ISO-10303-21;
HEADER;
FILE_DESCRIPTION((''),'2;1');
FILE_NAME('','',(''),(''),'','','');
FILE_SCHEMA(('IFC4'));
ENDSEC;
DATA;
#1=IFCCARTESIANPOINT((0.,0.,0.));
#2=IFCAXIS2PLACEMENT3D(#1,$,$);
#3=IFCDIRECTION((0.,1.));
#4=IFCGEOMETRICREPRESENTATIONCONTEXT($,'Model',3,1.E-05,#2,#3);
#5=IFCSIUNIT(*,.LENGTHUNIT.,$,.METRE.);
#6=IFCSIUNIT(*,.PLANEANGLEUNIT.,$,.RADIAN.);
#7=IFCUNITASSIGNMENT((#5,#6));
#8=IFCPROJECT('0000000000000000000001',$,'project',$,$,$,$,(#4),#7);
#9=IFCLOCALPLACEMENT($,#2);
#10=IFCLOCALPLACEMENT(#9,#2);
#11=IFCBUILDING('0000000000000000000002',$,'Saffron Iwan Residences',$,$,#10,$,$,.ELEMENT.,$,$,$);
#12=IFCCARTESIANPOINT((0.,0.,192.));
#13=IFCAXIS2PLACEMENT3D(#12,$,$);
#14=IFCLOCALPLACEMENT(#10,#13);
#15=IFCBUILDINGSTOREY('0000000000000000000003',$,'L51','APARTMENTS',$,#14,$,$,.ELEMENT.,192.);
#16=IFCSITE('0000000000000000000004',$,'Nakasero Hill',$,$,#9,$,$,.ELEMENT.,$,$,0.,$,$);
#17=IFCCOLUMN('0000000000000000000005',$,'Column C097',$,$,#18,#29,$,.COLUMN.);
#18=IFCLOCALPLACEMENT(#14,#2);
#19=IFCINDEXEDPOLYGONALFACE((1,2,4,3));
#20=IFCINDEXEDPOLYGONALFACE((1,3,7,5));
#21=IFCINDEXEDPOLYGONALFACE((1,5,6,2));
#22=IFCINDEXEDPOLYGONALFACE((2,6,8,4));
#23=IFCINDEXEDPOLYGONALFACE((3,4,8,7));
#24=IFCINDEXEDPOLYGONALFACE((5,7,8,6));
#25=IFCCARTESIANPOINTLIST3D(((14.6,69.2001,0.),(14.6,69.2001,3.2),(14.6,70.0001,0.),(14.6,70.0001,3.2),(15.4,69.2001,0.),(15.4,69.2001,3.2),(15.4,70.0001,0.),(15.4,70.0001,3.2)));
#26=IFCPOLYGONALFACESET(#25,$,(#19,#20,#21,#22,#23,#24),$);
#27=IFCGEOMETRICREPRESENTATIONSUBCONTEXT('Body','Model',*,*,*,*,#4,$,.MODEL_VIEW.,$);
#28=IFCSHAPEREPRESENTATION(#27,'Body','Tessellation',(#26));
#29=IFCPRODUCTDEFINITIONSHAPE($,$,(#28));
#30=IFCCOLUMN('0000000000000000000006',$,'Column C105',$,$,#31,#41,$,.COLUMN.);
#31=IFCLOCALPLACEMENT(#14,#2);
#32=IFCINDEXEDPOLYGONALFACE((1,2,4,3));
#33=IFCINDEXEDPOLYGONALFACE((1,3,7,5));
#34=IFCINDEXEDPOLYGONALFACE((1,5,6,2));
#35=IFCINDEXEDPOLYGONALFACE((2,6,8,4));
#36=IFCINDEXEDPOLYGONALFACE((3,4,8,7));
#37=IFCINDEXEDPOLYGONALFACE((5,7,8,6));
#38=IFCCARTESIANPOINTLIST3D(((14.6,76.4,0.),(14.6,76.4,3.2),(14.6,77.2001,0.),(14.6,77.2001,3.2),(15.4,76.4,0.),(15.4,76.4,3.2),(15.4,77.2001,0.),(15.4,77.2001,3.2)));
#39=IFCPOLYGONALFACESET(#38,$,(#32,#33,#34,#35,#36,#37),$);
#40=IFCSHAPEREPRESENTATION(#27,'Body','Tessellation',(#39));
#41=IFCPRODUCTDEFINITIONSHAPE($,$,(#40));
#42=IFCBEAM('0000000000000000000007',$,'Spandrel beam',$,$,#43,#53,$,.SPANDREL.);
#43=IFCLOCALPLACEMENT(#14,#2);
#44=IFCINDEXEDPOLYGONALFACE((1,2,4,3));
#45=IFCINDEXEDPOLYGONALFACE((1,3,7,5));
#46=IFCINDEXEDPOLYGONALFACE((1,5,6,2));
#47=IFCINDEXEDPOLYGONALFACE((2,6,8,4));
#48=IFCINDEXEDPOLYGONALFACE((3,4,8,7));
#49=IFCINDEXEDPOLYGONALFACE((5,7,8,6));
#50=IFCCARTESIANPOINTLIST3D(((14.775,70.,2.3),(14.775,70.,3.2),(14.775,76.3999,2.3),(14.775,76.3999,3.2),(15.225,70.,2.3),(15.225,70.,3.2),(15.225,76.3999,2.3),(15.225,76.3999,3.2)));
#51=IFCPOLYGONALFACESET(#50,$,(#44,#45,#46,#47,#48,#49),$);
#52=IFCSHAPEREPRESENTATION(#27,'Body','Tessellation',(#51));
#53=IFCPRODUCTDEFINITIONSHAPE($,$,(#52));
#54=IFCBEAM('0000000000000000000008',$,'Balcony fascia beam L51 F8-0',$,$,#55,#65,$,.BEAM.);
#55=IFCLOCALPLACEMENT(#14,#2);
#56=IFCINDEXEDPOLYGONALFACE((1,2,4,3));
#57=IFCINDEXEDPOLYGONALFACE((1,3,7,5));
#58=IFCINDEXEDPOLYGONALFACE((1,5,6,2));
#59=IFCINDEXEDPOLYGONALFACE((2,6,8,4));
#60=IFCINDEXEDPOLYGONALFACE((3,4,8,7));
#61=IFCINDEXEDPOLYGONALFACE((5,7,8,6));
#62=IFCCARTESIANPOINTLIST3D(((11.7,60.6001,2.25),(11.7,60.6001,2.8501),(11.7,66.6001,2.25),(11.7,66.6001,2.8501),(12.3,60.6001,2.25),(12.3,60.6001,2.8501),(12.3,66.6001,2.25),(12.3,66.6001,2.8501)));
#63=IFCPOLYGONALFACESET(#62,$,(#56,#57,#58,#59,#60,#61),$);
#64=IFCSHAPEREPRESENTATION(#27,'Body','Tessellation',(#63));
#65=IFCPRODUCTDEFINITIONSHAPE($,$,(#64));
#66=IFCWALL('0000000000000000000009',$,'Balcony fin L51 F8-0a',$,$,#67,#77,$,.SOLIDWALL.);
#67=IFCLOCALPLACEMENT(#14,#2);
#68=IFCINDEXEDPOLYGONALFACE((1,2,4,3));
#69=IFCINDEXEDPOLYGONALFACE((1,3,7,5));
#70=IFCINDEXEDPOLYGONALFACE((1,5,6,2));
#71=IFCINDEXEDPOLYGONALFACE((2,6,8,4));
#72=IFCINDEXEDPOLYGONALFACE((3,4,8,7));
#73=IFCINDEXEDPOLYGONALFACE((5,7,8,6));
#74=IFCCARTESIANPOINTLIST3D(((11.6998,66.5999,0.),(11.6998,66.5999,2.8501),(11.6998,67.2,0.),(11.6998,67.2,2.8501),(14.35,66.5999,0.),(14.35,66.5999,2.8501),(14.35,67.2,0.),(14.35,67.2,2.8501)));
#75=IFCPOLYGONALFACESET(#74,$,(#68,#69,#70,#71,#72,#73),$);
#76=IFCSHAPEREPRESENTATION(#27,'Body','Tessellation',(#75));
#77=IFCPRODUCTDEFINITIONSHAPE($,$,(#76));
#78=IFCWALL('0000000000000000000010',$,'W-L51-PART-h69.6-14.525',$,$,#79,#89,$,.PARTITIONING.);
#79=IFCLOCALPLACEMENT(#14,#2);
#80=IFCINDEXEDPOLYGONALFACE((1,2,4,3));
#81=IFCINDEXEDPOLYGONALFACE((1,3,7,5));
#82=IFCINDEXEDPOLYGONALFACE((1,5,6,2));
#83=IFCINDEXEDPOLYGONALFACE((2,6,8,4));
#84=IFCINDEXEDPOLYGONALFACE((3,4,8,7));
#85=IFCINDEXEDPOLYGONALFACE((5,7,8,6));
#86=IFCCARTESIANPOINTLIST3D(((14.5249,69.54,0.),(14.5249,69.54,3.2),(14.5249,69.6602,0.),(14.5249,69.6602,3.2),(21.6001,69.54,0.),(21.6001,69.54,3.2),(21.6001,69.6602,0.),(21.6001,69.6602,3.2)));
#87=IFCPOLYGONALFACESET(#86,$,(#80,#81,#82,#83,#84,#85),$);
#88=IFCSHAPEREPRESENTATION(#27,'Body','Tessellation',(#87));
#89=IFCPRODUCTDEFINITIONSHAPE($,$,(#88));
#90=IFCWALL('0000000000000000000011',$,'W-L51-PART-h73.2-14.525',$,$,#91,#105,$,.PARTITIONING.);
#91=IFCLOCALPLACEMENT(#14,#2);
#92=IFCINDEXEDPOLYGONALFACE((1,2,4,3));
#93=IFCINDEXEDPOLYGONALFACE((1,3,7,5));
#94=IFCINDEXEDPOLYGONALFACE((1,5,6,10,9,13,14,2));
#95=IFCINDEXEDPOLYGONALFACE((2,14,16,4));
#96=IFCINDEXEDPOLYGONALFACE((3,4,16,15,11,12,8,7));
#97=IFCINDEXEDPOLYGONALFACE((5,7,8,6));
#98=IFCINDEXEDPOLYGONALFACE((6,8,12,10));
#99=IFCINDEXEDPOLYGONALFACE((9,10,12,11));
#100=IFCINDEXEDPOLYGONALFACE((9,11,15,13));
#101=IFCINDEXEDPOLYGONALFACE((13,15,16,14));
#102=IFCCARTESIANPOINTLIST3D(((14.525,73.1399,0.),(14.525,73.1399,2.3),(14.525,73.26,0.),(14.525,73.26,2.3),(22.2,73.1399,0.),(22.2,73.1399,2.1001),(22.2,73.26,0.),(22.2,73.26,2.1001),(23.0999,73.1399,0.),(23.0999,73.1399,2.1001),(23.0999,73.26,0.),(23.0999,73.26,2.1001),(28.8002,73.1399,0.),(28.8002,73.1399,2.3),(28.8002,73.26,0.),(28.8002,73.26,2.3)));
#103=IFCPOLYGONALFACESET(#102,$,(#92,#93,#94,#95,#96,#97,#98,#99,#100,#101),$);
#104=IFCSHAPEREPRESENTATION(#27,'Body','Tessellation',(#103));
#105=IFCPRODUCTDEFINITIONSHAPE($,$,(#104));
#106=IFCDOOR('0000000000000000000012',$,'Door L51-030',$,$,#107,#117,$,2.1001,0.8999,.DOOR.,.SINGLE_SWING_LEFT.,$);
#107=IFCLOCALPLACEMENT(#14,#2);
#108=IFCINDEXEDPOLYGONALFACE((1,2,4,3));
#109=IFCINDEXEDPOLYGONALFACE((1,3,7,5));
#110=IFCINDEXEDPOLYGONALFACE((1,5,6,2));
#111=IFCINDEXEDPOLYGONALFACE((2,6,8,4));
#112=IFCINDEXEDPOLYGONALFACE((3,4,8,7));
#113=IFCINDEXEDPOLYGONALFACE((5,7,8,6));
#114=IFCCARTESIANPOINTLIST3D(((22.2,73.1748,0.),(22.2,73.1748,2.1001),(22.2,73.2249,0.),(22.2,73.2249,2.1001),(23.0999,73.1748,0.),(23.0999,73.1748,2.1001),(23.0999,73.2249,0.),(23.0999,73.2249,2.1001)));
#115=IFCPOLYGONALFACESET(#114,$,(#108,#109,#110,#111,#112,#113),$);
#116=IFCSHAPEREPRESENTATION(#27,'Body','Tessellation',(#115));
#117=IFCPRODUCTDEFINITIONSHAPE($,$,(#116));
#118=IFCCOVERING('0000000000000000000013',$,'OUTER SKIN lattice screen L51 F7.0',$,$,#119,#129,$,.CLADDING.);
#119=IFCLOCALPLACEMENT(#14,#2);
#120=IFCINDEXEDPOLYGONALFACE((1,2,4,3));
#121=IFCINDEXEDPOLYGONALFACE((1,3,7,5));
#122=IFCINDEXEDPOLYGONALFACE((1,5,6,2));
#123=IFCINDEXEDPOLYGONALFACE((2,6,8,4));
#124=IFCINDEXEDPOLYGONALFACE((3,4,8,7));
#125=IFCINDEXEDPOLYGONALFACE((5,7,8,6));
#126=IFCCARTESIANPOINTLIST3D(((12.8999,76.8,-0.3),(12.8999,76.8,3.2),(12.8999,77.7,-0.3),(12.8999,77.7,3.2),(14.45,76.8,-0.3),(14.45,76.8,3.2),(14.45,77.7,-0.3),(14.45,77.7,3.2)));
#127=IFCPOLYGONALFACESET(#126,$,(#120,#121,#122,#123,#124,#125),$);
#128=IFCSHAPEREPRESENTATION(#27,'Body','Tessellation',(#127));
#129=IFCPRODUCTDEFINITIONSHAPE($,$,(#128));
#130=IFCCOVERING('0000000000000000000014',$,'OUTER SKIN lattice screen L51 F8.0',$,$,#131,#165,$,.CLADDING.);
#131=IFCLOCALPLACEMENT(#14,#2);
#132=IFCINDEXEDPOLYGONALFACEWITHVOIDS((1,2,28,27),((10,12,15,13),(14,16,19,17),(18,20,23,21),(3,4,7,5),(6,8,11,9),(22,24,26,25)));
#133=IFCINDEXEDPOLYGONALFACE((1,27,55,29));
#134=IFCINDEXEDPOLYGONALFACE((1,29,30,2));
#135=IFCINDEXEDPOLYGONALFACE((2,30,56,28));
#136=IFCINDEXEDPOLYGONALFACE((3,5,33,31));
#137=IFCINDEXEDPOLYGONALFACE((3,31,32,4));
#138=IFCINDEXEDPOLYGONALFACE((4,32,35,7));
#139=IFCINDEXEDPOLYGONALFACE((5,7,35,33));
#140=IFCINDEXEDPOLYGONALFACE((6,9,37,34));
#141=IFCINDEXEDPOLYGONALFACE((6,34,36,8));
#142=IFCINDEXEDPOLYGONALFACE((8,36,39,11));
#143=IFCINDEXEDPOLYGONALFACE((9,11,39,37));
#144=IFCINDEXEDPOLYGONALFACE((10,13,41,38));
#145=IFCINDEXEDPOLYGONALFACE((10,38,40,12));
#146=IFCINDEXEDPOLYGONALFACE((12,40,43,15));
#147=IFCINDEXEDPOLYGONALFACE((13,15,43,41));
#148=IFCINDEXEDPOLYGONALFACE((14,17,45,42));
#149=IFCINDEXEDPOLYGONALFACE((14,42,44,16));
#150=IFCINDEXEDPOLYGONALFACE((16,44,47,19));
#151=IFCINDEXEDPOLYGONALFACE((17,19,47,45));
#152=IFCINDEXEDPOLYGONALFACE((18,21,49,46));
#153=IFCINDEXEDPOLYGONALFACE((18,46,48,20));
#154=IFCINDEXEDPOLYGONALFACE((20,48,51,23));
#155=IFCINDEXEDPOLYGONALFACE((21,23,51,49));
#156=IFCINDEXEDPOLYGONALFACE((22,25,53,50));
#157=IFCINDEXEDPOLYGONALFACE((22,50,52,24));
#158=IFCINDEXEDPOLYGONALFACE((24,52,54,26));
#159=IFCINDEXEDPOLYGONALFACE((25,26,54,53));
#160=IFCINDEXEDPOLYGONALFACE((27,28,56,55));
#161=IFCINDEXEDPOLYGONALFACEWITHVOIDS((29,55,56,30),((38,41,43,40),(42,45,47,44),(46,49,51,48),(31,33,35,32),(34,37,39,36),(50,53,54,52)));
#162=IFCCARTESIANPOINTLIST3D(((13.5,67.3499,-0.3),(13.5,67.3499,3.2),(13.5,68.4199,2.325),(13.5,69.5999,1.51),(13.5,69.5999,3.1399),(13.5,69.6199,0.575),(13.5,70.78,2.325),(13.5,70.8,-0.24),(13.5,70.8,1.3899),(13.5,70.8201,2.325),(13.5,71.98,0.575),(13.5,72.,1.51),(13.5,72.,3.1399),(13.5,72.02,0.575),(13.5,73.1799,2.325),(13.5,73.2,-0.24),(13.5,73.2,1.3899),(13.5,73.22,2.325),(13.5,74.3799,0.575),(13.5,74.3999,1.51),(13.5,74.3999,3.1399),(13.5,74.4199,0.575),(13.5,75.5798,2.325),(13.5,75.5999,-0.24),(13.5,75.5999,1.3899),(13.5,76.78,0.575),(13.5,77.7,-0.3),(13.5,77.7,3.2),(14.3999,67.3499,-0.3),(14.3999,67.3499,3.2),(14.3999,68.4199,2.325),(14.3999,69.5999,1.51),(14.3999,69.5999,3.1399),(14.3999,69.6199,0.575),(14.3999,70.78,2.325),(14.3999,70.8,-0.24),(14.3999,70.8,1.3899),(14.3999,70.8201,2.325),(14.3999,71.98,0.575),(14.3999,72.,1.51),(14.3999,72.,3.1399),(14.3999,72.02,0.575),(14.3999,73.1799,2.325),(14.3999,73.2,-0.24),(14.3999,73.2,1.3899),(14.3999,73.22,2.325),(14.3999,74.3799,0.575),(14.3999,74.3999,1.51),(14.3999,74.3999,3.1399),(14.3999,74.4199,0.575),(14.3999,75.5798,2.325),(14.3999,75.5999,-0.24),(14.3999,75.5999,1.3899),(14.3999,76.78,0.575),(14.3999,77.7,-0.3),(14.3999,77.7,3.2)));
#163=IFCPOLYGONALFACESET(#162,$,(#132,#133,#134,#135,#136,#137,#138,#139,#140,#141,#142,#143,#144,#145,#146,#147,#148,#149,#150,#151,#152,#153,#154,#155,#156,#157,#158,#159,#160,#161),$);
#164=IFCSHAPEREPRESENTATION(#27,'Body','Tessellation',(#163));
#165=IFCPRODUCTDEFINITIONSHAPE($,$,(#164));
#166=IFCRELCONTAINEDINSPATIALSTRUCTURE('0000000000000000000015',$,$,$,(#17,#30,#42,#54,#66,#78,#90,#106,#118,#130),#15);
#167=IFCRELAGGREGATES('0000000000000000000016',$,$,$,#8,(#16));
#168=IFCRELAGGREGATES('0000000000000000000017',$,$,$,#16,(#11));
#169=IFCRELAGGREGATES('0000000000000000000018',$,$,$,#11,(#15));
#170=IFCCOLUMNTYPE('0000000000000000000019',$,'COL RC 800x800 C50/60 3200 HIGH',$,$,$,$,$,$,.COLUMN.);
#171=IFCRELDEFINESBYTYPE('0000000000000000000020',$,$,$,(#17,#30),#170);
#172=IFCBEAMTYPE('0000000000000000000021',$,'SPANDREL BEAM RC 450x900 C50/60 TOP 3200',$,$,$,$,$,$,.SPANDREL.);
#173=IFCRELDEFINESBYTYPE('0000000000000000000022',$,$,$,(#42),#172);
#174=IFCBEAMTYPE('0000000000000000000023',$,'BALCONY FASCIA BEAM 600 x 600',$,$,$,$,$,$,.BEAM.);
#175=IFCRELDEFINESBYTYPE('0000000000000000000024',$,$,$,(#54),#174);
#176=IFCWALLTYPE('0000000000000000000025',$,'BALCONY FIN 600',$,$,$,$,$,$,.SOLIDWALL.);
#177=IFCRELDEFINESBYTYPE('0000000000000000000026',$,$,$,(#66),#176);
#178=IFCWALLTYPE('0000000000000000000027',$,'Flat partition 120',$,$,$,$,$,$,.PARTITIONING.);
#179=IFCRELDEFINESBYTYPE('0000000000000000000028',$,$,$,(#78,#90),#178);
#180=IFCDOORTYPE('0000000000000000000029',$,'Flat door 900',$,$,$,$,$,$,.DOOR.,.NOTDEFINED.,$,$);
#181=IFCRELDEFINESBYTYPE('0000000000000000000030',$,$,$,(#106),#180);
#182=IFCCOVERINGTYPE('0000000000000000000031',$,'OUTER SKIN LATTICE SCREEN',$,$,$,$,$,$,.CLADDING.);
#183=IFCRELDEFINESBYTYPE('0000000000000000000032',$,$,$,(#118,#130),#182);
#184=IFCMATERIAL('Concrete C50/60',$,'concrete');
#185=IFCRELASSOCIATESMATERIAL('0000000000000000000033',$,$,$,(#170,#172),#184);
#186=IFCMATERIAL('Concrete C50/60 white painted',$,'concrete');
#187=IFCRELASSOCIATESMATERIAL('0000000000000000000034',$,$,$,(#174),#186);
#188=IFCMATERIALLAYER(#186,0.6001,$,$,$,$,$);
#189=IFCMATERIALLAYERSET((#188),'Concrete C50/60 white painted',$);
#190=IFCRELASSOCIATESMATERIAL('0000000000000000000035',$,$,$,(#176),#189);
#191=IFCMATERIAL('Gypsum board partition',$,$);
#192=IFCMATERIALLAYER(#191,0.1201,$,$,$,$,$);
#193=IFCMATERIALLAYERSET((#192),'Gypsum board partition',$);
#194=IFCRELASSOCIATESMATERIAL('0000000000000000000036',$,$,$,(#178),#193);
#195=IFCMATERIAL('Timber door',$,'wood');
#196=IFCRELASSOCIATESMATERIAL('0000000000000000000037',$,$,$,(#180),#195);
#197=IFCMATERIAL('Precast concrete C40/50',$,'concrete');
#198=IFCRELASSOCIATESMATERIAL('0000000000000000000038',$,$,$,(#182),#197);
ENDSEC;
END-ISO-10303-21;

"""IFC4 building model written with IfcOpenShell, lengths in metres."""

from ifc_helpers import new_model, si_unit, direction, frame, frame_2d, origin, origin_2d, place, context, subcontext, project, spatial, polyline, rectangle, outline, extrude, source, transform, mapped, material, layer, layer_set, material_profile, profile_set, type_object, element, fill, save


model = new_model("IFC4")

# Units and contexts
model_context = context("Model", 3, precision=1e-05, world=origin(), true_north=direction((0.0, 1.0)))
body_context = subcontext(model_context, "Body", "Model", "MODEL_VIEW")
ifc_project = project(units=[si_unit("LENGTHUNIT", "METRE"), si_unit("PLANEANGLEUNIT", "RADIAN")], contexts=[model_context])

# Site, building, storey
site_placement = place(None, origin())
site = spatial("IfcSite", under=ifc_project, at=site_placement, Name="Nakasero Hill", CompositionType="ELEMENT", RefElevation=0.0)
building_placement = place(site_placement, origin())
building = spatial("IfcBuilding", under=site, at=building_placement, Name="Saffron Iwan Residences", CompositionType="ELEMENT")
storey_placement = place(building_placement, frame((0.0, 0.0, 192.0)))
storey = spatial("IfcBuildingStorey", under=building, at=storey_placement, Name="L51", Description="APARTMENTS", CompositionType="ELEMENT", Elevation=192.0)

# Columns
ifc_material_1 = material(Name="Concrete C50/60", Category="concrete")
ifc_material_profile_1 = material_profile(ifc_material_1, rectangle(XDim=0.8, YDim=0.8, at=origin_2d()), Name="RC 800x800")
ifc_profile_set_1 = profile_set([ifc_material_profile_1], Name="Concrete C50/60")
column_type = type_object("IfcColumnType", Name="COL RC 800x800 C50/60 3200 HIGH", PredefinedType="COLUMN", material=ifc_profile_set_1)
shared_shape_1 = source(origin(), body_context, "Body", "SweptSolid", [
    extrude(rectangle(XDim=0.8, YDim=0.8, at=origin_2d()), origin(), (0.0, 0.0, 1.0), 3.2),
])
for number, where, z_axis, x_axis, name in (
    (1, (15.0, 69.6001, 0.0), (0.0, 0.0, 1.0), (1.0, 0.0, 0.0), "Column C097"),
    (2, (15.0, 76.8, 0.0), (0.0, 0.0, 1.0), (1.0, 0.0, 0.0), "Column C105"),
):
    element("IfcColumn", number, at=place(storey_placement, frame(where, z_axis=z_axis, x_axis=x_axis)), inside=storey, type_object=column_type, Name=name, PredefinedType="COLUMN", context=body_context, shape_type="MappedRepresentation", body=[
        mapped(shared_shape_1, transform((0.0, 0.0, 0.0))),
    ])

# Beams
ifc_material_profile_2 = material_profile(ifc_material_1, rectangle(XDim=0.45, YDim=0.8999, at=origin_2d()), Name="RC 450x900")
ifc_profile_set_2 = profile_set([ifc_material_profile_2], Name="Concrete C50/60")
beam_type_1 = type_object("IfcBeamType", Name="SPANDREL BEAM RC 450x900 C50/60 TOP 3200", PredefinedType="SPANDREL", material=ifc_profile_set_2)
shared_shape_2 = source(origin(), body_context, "Body", "SweptSolid", [
    extrude(rectangle(XDim=0.45, YDim=0.8999, at=origin_2d()), origin(), (0.0, 0.0, 1.0), 6.3999),
])
beam_1_placement = place(storey_placement, frame((15.0, 70.0, 2.75), z_axis=(0.0, 1.0, 0.0), x_axis=(-1.0, 0.0, 0.0)))
element("IfcBeam", 3, at=beam_1_placement, inside=storey, type_object=beam_type_1, Name="Spandrel beam", PredefinedType="SPANDREL", context=body_context, shape_type="MappedRepresentation", body=[
    mapped(shared_shape_2, transform((0.0, 0.0, 0.0))),
])
ifc_material_2 = material(Name="Concrete C50/60 white painted", Category="concrete")
ifc_material_profile_3 = material_profile(ifc_material_2, rectangle(XDim=0.6001, YDim=0.6001, at=origin_2d()), Name="BALCONY FASCIA BEAM 600 x 600")
ifc_profile_set_3 = profile_set([ifc_material_profile_3], Name="Concrete C50/60 white painted")
beam_type_2 = type_object("IfcBeamType", Name="BALCONY FASCIA BEAM 600 x 600", PredefinedType="BEAM", material=ifc_profile_set_3)
shared_shape_3 = source(origin(), body_context, "Body", "SweptSolid", [
    extrude(rectangle(XDim=0.6001, YDim=0.6001, at=origin_2d()), origin(), (0.0, 0.0, 1.0), 6.0),
])
beam_2_placement = place(storey_placement, frame((12.0, 66.6001, 2.55), z_axis=(0.0, -1.0, 0.0), x_axis=(1.0, 0.0, 0.0)))
element("IfcBeam", 4, at=beam_2_placement, inside=storey, type_object=beam_type_2, Name="Balcony fascia beam L51 F8-0", PredefinedType="BEAM", context=body_context, shape_type="MappedRepresentation", body=[
    mapped(shared_shape_3, transform((0.0, 0.0, 0.0))),
])

# Wall
ifc_layer_1 = layer(ifc_material_2, 0.6001)
ifc_layer_set_1 = layer_set([ifc_layer_1], Name="Concrete C50/60 white painted")
wall_type_1 = type_object("IfcWallType", Name="BALCONY FIN 600", PredefinedType="SOLIDWALL", material=ifc_layer_set_1)
wall_1_placement = place(storey_placement, frame((14.3501, 66.8999, 0.0), z_axis=(0.0, 0.0, 1.0), x_axis=(-1.0, 0.0, 0.0)))
element("IfcWall", 5, at=wall_1_placement, inside=storey, type_object=wall_type_1, Name="Balcony fin L51 F8-0a", PredefinedType="SOLIDWALL", context=body_context, shape_type="SweptSolid", body=[
    extrude(rectangle(XDim=2.6501, YDim=0.6001, at=frame_2d((1.3252, 0.0))), origin(), (0.0, 0.0, 1.0), 2.8501),
])

# Wall
ifc_material_3 = material(Name="Gypsum board partition")
ifc_layer_2 = layer(ifc_material_3, 0.1201)
ifc_layer_set_2 = layer_set([ifc_layer_2], Name="Gypsum board partition")
wall_type_2 = type_object("IfcWallType", Name="Flat partition 120", PredefinedType="PARTITIONING", material=ifc_layer_set_2)
wall_2_placement = place(storey_placement, frame((14.5249, 69.6001, 0.0), z_axis=(0.0, 0.0, 1.0), x_axis=(1.0, 0.0, 0.0)))
element("IfcWall", 6, at=wall_2_placement, inside=storey, type_object=wall_type_2, Name="W-L51-PART-h69.6-14.525", PredefinedType="PARTITIONING", context=body_context, shape_type="SweptSolid", body=[
    extrude(rectangle(XDim=7.0752, YDim=0.1201, at=frame_2d((3.5376, 0.0))), origin(), (0.0, 0.0, 1.0), 3.2),
])

# Wall, opening, door
wall_3_placement = place(storey_placement, frame((14.5249, 73.2, 0.0), z_axis=(0.0, 0.0, 1.0), x_axis=(1.0, 0.0, 0.0)))
wall_3 = element("IfcWall", 7, at=wall_3_placement, inside=storey, type_object=wall_type_2, Name="W-L51-PART-h73.2-14.525", PredefinedType="PARTITIONING", context=body_context, shape_type="SweptSolid", body=[
    extrude(rectangle(XDim=14.2751, YDim=0.1201, at=frame_2d((7.1377, 0.0))), origin(), (0.0, 0.0, 1.0), 2.3),
])
opening_1_placement = place(wall_3_placement, frame((7.675, 0.0, 0.0)))
opening_1 = element("IfcOpeningElement", 8, at=opening_1_placement, cuts=wall_3, PredefinedType="OPENING", context=body_context, shape_type="SweptSolid", body=[
    extrude(rectangle(XDim=0.8999, YDim=2.1001, at=frame_2d((0.45, 1.05))), frame((0.0, 0.0701, 0.0), z_axis=(0.0, -1.0, 0.0), x_axis=(1.0, 0.0, 0.0)), (0.0, 0.0, 1.0), 0.1401),
])
ifc_material_4 = material(Name="Timber door", Category="wood")
door_type_1 = type_object("IfcDoorType", Name="Flat door 900", OperationType="NOTDEFINED", PredefinedType="DOOR", material=ifc_material_4)
door_1_placement = place(opening_1_placement, origin())
door_1 = element("IfcDoor", 9, at=door_1_placement, inside=storey, type_object=door_type_1, Name="Door L51-030", OperationType="SINGLE_SWING_LEFT", OverallHeight=2.1001, OverallWidth=0.8999, PredefinedType="DOOR", context=body_context, shape_type="SweptSolid", body=[
    extrude(rectangle(XDim=0.8999, YDim=2.1001, at=frame_2d((0.45, 1.05))), frame((0.0, 0.0249, 0.0), z_axis=(0.0, -1.0, 0.0), x_axis=(1.0, 0.0, 0.0)), (0.0, 0.0, 1.0), 0.05),
])
fill(opening_1, door_1)

# Coverings
ifc_material_5 = material(Name="Precast concrete C40/50", Category="concrete")
covering_type_1 = type_object("IfcCoveringType", Name="OUTER SKIN LATTICE SCREEN", PredefinedType="CLADDING", material=ifc_material_5)
covering_1_placement = place(storey_placement, frame((14.45, 76.8, -0.3), z_axis=(0.0, 1.0, 0.0), x_axis=(-1.0, 0.0, 0.0)))
element("IfcCovering", 10, at=covering_1_placement, inside=storey, type_object=covering_type_1, Name="OUTER SKIN lattice screen L51 F7.0", PredefinedType="CLADDING", context=body_context, shape_type="SweptSolid", body=[
    extrude(outline(polyline([(0.0, 0.0), (1.55, 0.0), (1.55, 3.5), (0.0, 3.5), (0.0, 0.0)])), origin(), (0.0, 0.0, 1.0), 0.8999),
])
covering_2_placement = place(storey_placement, frame((14.3999, 77.7, -0.3), z_axis=(-1.0, 0.0, 0.0), x_axis=(0.0, -1.0, 0.0)))
element("IfcCovering", 11, at=covering_2_placement, inside=storey, type_object=covering_type_1, Name="OUTER SKIN lattice screen L51 F8.0", PredefinedType="CLADDING", context=body_context, shape_type="SweptSolid", body=[
    extrude(outline(polyline([(0.0, 0.0), (10.3501, 0.0), (10.3501, 3.5), (0.0, 3.5), (0.0, 0.0)]), holes=[polyline([(0.9199, 0.875), (2.1001, 0.0601), (3.28, 0.875), (2.1001, 1.6899), (0.9199, 0.875)]), polyline([(3.3201, 0.875), (4.5, 0.0601), (5.6799, 0.875), (4.5, 1.6899), (3.3201, 0.875)]), polyline([(5.72, 0.875), (6.8999, 0.0601), (8.0801, 0.875), (6.8999, 1.6899), (5.72, 0.875)]), polyline([(2.1201, 2.625), (3.3, 1.8101), (4.48, 2.625), (3.3, 3.4399), (2.1201, 2.625)]), polyline([(4.52, 2.625), (5.7, 1.8101), (6.8799, 2.625), (5.7, 3.4399), (4.52, 2.625)]), polyline([(6.9199, 2.625), (8.1001, 1.8101), (9.28, 2.625), (8.1001, 3.4399), (6.9199, 2.625)])]), origin(), (0.0, 0.0, 1.0), 0.8999),
])

save(model, "model.ifc")
